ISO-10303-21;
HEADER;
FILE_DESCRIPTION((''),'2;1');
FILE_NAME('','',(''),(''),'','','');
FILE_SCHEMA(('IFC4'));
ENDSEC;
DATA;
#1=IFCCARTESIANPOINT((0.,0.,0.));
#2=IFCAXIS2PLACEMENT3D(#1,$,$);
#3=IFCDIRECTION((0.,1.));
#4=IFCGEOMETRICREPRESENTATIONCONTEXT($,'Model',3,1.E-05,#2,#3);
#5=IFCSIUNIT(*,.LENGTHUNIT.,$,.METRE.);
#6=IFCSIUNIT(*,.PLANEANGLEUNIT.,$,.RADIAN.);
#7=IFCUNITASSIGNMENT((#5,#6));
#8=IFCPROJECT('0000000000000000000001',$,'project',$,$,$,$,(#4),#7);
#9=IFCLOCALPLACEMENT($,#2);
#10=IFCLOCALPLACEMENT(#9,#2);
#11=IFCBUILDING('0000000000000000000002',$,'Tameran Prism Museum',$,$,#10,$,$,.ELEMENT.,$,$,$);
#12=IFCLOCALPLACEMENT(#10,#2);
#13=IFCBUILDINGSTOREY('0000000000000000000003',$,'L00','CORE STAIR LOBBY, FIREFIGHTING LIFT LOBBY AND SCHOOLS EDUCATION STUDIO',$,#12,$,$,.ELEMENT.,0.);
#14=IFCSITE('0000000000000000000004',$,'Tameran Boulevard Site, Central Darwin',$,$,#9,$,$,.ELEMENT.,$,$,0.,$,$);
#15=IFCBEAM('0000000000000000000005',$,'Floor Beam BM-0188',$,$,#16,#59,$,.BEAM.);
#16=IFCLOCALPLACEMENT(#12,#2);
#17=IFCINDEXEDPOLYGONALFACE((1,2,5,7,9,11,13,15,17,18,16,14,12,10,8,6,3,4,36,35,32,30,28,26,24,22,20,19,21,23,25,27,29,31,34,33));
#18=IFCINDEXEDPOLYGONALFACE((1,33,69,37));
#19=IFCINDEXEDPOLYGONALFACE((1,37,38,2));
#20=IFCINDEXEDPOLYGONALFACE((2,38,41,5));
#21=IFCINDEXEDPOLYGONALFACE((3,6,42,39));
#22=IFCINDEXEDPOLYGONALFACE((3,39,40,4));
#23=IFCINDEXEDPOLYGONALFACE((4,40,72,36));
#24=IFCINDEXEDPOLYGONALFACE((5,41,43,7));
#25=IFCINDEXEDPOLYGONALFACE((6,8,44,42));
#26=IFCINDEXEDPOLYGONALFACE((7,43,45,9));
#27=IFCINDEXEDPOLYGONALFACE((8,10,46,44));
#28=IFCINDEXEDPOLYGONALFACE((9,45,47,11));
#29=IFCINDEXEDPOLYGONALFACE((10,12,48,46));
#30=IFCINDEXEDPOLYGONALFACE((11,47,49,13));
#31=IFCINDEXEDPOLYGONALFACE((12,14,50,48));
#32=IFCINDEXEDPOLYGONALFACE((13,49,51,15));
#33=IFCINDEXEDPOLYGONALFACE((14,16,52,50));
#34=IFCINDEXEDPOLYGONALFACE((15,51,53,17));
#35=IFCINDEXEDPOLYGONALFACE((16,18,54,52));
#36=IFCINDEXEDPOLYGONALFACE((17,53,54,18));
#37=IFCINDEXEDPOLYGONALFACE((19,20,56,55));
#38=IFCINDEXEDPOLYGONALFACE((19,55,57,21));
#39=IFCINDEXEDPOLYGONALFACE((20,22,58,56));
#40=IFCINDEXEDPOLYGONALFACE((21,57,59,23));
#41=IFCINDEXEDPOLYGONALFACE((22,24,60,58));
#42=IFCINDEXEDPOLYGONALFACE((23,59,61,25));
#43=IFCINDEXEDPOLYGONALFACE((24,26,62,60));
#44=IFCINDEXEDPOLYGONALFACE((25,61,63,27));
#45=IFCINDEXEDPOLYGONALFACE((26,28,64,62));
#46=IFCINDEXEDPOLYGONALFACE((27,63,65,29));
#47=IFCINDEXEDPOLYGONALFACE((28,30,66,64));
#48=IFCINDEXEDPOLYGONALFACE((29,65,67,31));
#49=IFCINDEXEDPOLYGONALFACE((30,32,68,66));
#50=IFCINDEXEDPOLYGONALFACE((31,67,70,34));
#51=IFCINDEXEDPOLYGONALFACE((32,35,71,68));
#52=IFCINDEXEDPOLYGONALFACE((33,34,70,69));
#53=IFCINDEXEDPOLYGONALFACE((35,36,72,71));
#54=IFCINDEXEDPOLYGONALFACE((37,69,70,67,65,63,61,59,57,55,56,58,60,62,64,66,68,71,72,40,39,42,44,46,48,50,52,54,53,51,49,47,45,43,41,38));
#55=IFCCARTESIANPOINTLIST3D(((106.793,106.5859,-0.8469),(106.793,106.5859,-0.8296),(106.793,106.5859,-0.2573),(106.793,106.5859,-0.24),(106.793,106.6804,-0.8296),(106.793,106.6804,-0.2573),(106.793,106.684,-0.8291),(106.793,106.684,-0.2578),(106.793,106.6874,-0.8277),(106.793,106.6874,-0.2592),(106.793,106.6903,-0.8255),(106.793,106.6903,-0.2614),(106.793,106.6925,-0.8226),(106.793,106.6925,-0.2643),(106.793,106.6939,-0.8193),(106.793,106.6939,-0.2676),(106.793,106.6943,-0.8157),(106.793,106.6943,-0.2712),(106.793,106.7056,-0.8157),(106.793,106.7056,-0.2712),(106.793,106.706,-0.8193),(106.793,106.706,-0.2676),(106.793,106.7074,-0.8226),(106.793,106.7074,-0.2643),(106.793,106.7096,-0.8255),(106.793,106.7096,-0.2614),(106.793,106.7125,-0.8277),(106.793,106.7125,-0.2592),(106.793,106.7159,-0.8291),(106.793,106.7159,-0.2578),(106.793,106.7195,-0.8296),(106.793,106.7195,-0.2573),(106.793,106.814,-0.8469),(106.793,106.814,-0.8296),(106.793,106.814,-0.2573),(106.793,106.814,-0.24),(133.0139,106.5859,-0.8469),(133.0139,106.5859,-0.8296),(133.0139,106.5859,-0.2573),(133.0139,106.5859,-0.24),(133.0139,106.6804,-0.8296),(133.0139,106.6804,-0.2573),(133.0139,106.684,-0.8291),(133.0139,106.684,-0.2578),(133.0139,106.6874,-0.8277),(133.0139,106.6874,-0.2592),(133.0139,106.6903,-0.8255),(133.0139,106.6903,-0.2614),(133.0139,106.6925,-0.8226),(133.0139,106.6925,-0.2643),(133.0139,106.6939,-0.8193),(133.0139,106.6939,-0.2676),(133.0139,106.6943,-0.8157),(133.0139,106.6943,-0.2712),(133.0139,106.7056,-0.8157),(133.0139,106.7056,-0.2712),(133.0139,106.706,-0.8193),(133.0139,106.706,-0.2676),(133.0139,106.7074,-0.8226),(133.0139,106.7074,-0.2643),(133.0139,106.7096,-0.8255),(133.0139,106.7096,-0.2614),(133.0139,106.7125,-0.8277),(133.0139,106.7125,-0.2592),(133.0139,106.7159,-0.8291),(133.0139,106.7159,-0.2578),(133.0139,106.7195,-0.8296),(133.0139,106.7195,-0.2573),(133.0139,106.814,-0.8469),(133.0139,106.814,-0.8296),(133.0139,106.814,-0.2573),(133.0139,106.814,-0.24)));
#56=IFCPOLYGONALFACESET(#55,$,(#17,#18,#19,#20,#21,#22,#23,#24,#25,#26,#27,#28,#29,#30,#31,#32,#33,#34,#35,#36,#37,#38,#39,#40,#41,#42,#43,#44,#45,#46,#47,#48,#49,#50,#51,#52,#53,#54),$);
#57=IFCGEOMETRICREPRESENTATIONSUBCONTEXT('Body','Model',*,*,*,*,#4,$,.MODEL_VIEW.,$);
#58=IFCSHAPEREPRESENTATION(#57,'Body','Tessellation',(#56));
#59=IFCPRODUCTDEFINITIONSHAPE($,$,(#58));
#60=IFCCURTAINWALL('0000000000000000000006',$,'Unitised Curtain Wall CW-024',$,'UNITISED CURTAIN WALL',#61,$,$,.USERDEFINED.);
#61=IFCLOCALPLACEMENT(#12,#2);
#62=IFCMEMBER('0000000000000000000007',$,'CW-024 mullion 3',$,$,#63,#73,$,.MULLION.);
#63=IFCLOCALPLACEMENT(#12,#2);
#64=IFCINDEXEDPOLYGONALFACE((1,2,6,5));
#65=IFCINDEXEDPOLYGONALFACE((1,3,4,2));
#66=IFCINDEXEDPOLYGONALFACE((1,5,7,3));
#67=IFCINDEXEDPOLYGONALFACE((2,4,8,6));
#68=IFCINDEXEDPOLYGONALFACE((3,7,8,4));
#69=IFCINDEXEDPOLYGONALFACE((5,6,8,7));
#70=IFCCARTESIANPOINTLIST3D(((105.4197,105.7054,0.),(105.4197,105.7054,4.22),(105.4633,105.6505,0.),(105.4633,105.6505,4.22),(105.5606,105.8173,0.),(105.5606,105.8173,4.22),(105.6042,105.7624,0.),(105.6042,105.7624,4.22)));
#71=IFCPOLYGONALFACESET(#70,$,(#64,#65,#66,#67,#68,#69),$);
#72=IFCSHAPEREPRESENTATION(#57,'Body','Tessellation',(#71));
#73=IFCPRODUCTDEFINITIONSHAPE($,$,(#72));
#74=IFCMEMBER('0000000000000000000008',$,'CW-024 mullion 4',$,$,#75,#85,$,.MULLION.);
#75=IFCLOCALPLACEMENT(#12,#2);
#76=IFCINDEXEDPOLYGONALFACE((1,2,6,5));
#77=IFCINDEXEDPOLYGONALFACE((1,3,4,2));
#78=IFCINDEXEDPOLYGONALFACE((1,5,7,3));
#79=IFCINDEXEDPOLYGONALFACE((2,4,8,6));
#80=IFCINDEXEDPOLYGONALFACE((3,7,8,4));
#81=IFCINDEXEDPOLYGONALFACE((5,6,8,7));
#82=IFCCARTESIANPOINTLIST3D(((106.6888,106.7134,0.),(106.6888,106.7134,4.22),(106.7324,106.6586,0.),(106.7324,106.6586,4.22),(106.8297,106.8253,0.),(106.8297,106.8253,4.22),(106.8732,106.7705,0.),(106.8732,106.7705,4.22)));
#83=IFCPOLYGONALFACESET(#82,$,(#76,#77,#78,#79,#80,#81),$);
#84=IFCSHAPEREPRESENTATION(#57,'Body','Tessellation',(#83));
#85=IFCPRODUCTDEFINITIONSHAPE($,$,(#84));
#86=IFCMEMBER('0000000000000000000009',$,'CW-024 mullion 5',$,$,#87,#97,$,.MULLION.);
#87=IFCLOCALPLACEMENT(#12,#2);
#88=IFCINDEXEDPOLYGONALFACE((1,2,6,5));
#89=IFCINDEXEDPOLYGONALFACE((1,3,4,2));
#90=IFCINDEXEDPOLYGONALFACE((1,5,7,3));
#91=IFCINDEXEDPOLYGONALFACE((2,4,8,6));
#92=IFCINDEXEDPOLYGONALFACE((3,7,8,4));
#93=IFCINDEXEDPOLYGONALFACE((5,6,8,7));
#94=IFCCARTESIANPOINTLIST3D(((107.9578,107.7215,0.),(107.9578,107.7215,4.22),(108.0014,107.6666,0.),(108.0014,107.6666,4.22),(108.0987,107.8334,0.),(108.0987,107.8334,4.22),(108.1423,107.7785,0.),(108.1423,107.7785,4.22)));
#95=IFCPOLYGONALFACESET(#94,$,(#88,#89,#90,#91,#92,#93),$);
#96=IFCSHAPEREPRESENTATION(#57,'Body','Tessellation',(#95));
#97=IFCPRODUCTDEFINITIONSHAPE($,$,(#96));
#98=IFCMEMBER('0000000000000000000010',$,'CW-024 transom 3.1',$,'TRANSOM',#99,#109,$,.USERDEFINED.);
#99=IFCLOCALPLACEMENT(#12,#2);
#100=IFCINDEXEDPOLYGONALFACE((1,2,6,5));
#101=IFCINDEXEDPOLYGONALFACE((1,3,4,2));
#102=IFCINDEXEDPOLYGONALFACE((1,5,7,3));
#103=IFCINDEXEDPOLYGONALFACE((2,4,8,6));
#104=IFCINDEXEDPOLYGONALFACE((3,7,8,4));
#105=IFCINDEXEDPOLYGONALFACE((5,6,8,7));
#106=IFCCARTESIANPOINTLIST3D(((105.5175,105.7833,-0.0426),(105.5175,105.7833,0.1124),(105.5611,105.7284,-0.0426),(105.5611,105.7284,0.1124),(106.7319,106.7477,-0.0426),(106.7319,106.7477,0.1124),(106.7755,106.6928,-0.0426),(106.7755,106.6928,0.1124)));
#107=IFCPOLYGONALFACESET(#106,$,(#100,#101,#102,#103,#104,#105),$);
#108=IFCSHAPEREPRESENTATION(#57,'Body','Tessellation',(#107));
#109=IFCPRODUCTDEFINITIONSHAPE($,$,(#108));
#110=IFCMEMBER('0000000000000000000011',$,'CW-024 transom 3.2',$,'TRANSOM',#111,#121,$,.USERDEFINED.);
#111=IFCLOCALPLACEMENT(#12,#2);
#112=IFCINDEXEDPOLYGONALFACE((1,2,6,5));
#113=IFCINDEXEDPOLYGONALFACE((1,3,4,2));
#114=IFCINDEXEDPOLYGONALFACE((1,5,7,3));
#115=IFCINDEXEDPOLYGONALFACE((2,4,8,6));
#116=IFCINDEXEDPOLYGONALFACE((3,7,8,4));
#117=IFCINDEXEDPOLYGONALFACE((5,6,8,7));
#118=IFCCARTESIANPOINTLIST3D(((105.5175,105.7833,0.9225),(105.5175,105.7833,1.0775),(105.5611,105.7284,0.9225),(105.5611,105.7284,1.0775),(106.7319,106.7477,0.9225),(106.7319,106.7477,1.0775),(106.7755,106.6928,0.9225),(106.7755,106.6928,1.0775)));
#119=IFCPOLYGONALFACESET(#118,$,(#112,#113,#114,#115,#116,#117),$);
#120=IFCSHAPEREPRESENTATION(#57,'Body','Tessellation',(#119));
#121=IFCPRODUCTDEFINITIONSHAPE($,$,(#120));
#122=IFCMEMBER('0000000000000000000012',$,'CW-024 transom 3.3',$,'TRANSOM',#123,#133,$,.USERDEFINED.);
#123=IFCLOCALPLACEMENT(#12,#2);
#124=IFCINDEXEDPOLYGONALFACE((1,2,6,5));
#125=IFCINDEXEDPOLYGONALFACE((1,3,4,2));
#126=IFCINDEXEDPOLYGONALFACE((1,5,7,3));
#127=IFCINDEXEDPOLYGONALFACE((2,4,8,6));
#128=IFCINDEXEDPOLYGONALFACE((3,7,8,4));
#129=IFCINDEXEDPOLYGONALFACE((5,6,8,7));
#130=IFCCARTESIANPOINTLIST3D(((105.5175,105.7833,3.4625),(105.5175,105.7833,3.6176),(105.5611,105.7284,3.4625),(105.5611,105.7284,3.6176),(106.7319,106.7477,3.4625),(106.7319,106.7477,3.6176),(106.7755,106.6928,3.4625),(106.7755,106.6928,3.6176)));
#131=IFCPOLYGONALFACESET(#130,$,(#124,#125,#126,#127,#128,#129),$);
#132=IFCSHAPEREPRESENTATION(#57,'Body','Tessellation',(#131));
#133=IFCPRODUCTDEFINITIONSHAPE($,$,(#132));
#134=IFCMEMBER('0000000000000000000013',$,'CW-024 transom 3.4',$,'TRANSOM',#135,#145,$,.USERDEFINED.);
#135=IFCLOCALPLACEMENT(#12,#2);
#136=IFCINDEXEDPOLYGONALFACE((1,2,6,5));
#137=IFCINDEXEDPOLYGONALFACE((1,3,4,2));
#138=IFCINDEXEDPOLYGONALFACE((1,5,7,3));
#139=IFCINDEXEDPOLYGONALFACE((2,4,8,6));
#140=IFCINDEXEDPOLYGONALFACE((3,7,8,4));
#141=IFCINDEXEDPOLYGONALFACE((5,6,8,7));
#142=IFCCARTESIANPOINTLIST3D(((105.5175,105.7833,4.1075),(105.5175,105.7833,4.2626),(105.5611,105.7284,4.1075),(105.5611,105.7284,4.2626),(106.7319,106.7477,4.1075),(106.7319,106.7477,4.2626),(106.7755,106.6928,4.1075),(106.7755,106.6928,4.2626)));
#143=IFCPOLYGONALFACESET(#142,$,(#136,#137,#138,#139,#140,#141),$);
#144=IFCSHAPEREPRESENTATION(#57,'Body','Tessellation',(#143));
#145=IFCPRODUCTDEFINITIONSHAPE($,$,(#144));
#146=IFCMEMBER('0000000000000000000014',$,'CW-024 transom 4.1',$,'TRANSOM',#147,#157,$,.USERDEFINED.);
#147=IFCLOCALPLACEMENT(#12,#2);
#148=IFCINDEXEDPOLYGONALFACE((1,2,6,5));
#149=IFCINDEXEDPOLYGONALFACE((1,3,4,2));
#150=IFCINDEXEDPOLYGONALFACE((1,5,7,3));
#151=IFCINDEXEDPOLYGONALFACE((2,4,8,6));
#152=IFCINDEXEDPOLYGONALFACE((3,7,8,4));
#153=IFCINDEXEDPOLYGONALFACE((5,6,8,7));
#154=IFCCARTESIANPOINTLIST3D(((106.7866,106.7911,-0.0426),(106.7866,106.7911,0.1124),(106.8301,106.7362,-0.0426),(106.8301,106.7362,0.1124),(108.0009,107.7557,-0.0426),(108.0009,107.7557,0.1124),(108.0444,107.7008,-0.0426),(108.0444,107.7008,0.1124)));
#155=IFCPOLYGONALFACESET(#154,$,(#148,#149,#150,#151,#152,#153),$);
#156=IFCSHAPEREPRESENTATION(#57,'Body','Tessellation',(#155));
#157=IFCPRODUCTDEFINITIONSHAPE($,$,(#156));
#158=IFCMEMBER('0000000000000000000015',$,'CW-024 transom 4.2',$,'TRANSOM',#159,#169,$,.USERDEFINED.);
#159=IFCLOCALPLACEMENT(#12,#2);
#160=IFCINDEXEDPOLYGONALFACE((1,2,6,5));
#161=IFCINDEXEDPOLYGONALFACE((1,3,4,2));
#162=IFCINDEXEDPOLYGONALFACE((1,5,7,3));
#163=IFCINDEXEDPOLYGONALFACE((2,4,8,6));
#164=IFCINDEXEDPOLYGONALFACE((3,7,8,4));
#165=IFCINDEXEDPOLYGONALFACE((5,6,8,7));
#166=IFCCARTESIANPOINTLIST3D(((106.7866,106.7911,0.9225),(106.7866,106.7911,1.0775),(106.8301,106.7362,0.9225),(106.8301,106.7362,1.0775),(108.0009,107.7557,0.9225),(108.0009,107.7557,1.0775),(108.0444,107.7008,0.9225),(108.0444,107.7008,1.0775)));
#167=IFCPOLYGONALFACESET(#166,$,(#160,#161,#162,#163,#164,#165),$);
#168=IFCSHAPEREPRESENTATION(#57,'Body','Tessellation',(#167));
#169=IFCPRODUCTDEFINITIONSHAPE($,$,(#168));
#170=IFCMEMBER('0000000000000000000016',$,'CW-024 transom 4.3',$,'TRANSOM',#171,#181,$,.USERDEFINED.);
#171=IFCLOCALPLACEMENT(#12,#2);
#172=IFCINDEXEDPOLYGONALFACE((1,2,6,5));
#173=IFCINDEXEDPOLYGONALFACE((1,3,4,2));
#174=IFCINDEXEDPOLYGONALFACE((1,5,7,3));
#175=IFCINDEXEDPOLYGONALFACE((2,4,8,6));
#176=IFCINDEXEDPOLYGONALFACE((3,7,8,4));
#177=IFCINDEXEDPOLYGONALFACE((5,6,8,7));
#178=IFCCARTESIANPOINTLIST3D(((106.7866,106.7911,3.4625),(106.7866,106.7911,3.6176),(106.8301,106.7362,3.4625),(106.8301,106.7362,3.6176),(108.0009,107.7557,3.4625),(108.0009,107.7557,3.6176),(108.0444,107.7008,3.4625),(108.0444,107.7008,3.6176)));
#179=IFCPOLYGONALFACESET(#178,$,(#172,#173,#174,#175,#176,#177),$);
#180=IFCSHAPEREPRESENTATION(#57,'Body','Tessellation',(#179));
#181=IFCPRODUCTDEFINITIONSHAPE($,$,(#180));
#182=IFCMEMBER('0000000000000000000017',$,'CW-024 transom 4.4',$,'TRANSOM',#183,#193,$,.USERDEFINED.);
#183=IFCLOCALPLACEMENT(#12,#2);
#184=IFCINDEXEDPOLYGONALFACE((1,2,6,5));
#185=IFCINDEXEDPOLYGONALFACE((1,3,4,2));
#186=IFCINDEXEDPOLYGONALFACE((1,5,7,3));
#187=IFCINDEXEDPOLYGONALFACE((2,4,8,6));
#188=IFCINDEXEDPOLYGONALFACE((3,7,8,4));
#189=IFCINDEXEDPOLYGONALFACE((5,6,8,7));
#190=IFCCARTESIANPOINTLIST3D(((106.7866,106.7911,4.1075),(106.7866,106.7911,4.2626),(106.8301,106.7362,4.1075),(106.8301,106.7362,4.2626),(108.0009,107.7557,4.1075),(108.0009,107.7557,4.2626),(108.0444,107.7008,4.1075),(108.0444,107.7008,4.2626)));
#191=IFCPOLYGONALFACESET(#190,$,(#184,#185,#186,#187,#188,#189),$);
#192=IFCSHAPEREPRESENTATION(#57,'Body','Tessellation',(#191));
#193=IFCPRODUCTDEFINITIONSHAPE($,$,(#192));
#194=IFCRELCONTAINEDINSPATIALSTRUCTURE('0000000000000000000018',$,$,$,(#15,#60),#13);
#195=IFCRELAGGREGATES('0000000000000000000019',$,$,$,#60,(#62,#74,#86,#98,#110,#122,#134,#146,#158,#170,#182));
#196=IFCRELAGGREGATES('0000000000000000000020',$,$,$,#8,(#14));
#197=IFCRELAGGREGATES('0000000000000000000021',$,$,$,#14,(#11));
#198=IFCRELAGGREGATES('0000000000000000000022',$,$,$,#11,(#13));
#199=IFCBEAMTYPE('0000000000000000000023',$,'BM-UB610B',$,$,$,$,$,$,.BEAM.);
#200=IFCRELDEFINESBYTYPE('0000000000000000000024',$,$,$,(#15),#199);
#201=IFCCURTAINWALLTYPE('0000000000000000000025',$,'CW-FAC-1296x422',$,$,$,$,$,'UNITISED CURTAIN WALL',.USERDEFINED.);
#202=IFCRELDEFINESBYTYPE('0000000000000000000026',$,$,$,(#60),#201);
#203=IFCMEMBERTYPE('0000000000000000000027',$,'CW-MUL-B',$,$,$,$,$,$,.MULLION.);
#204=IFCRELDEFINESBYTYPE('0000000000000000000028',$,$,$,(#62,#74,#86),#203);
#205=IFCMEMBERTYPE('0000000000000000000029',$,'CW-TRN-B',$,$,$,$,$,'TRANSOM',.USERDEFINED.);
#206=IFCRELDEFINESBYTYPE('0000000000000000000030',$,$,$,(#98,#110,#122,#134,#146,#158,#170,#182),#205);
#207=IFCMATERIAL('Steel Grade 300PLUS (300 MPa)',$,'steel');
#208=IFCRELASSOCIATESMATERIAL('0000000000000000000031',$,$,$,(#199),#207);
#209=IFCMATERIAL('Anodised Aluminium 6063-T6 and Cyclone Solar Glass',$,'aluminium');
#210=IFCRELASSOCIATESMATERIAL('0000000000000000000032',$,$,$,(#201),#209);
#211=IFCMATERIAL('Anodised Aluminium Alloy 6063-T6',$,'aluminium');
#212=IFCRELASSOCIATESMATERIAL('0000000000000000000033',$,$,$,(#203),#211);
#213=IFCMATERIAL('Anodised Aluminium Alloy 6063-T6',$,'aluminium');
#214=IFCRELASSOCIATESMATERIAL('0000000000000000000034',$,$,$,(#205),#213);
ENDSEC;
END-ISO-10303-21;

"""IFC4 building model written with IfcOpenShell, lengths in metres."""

from ifc_helpers import new_model, si_unit, direction, frame, origin, origin_2d, place, context, subcontext, project, spatial, rectangle, i_section, extrude, material, material_profile, profile_set, type_object, element, aggregate, save


model = new_model("IFC4")

# Units and contexts
model_context = context("Model", 3, precision=1e-05, world=origin(), true_north=direction((0.0, 1.0)))
body_context = subcontext(model_context, "Body", "Model", "MODEL_VIEW")
ifc_project = project(units=[si_unit("LENGTHUNIT", "METRE"), si_unit("PLANEANGLEUNIT", "RADIAN")], contexts=[model_context])

# Site, building, storey
site_placement = place(None, origin())
site = spatial("IfcSite", under=ifc_project, at=site_placement, Name="Tameran Boulevard Site, Central Darwin", CompositionType="ELEMENT", RefElevation=0.0)
building_placement = place(site_placement, origin())
building = spatial("IfcBuilding", under=site, at=building_placement, Name="Tameran Prism Museum", CompositionType="ELEMENT")
storey_placement = place(building_placement, origin())
storey = spatial("IfcBuildingStorey", under=building, at=storey_placement, Name="L00", Description="CORE STAIR LOBBY, FIREFIGHTING LIFT LOBBY AND SCHOOLS EDUCATION STUDIO", CompositionType="ELEMENT", Elevation=0.0)

# Beam
ifc_material_1 = material(Name="Steel Grade 300PLUS (300 MPa)", Category="steel")
ifc_material_profile_1 = material_profile(ifc_material_1, i_section(OverallWidth=0.228, OverallDepth=0.6069, WebThickness=0.0112, FlangeThickness=0.0173, FilletRadius=0.0139, at=origin_2d()))
ifc_profile_set_1 = profile_set([ifc_material_profile_1])
beam_type = type_object("IfcBeamType", Name="BM-UB610B", PredefinedType="BEAM", material=ifc_profile_set_1)
beam_placement = place(storey_placement, frame((106.793, 106.7, -0.5435), z_axis=(1.0, 0.0, 0.0), x_axis=(0.0, 1.0, 0.0)))
element("IfcBeam", 1, at=beam_placement, inside=storey, type_object=beam_type, Name="Floor Beam BM-0188", PredefinedType="BEAM", context=body_context, shape_type="SweptSolid", body=[
    extrude(i_section(OverallWidth=0.228, OverallDepth=0.6069, WebThickness=0.0112, FlangeThickness=0.0173, FilletRadius=0.0139, at=origin_2d()), origin(), (0.0, 0.0, 1.0), 26.2209),
])

# Curtain wall, members
ifc_material_2 = material(Name="Anodised Aluminium 6063-T6 and Cyclone Solar Glass", Category="aluminium")
curtain_wall_type = type_object("IfcCurtainWallType", Name="CW-FAC-1296x422", ElementType="UNITISED CURTAIN WALL", PredefinedType="USERDEFINED", material=ifc_material_2)
curtain_wall_placement = place(storey_placement, origin())
curtain_wall = element("IfcCurtainWall", 2, at=curtain_wall_placement, inside=storey, type_object=curtain_wall_type, Name="Unitised Curtain Wall CW-024", ObjectType="UNITISED CURTAIN WALL", PredefinedType="USERDEFINED")
ifc_material_3 = material(Name="Anodised Aluminium Alloy 6063-T6", Category="aluminium")
ifc_material_profile_2 = material_profile(ifc_material_3, rectangle(XDim=0.0701, YDim=0.1799, at=origin_2d()))
ifc_profile_set_2 = profile_set([ifc_material_profile_2])
member_type_1 = type_object("IfcMemberType", Name="CW-MUL-B", PredefinedType="MULLION", material=ifc_profile_set_2)
member_1_placement = place(storey_placement, frame((105.512, 105.7339, 0.0), z_axis=(0.0, 0.0, 1.0), x_axis=(-0.621982, 0.783031, 0.0)))
member_1 = element("IfcMember", 3, at=member_1_placement, type_object=member_type_1, Name="CW-024 mullion 3", PredefinedType="MULLION", context=body_context, shape_type="SweptSolid", body=[
    extrude(rectangle(XDim=0.0701, YDim=0.1799, at=origin_2d()), origin(), (0.0, 0.0, 1.0), 4.22),
])
member_2_placement = place(storey_placement, frame((106.781, 106.7419, 0.0), z_axis=(0.0, 0.0, 1.0), x_axis=(-0.621982, 0.783031, 0.0)))
member_2 = element("IfcMember", 4, at=member_2_placement, type_object=member_type_1, Name="CW-024 mullion 4", PredefinedType="MULLION", context=body_context, shape_type="SweptSolid", body=[
    extrude(rectangle(XDim=0.0701, YDim=0.1799, at=origin_2d()), origin(), (0.0, 0.0, 1.0), 4.22),
])
member_3_placement = place(storey_placement, frame((108.05, 107.75, 0.0), z_axis=(0.0, 0.0, 1.0), x_axis=(-0.621982, 0.783031, 0.0)))
member_3 = element("IfcMember", 5, at=member_3_placement, type_object=member_type_1, Name="CW-024 mullion 5", PredefinedType="MULLION", context=body_context, shape_type="SweptSolid", body=[
    extrude(rectangle(XDim=0.0701, YDim=0.1799, at=origin_2d()), origin(), (0.0, 0.0, 1.0), 4.22),
])
ifc_material_4 = material(Name="Anodised Aluminium Alloy 6063-T6", Category="aluminium")
ifc_material_profile_3 = material_profile(ifc_material_4, rectangle(XDim=0.0701, YDim=0.155, at=origin_2d()))
ifc_profile_set_3 = profile_set([ifc_material_profile_3])
member_type_2 = type_object("IfcMemberType", Name="CW-TRN-B", ElementType="TRANSOM", PredefinedType="USERDEFINED", material=ifc_profile_set_3)
member_4_placement = place(storey_placement, frame((105.5393, 105.7559, 0.0349), z_axis=(0.783106, 0.621888, 0.0), x_axis=(-0.621888, 0.783106, 0.0)))
member_4 = element("IfcMember", 6, at=member_4_placement, type_object=member_type_2, Name="CW-024 transom 3.1", ObjectType="TRANSOM", PredefinedType="USERDEFINED", context=body_context, shape_type="SweptSolid", body=[
    extrude(rectangle(XDim=0.0701, YDim=0.155, at=origin_2d()), origin(), (0.0, 0.0, 1.0), 1.5508),
])
member_5_placement = place(storey_placement, frame((105.5393, 105.7559, 1.0), z_axis=(0.783106, 0.621888, 0.0), x_axis=(-0.621888, 0.783106, 0.0)))
member_5 = element("IfcMember", 7, at=member_5_placement, type_object=member_type_2, Name="CW-024 transom 3.2", ObjectType="TRANSOM", PredefinedType="USERDEFINED", context=body_context, shape_type="SweptSolid", body=[
    extrude(rectangle(XDim=0.0701, YDim=0.155, at=origin_2d()), origin(), (0.0, 0.0, 1.0), 1.5508),
])
member_6_placement = place(storey_placement, frame((105.5393, 105.7559, 3.54), z_axis=(0.783106, 0.621888, 0.0), x_axis=(-0.621888, 0.783106, 0.0)))
member_6 = element("IfcMember", 8, at=member_6_placement, type_object=member_type_2, Name="CW-024 transom 3.3", ObjectType="TRANSOM", PredefinedType="USERDEFINED", context=body_context, shape_type="SweptSolid", body=[
    extrude(rectangle(XDim=0.0701, YDim=0.155, at=origin_2d()), origin(), (0.0, 0.0, 1.0), 1.5508),
])
member_7_placement = place(storey_placement, frame((105.5393, 105.7559, 4.1851), z_axis=(0.783106, 0.621888, 0.0), x_axis=(-0.621888, 0.783106, 0.0)))
member_7 = element("IfcMember", 9, at=member_7_placement, type_object=member_type_2, Name="CW-024 transom 3.4", ObjectType="TRANSOM", PredefinedType="USERDEFINED", context=body_context, shape_type="SweptSolid", body=[
    extrude(rectangle(XDim=0.0701, YDim=0.155, at=origin_2d()), origin(), (0.0, 0.0, 1.0), 1.5508),
])
member_8_placement = place(storey_placement, frame((106.8083, 106.7637, 0.0349), z_axis=(0.78303, 0.621984, 0.0), x_axis=(-0.621984, 0.78303, 0.0)))
member_8 = element("IfcMember", 10, at=member_8_placement, type_object=member_type_2, Name="CW-024 transom 4.1", ObjectType="TRANSOM", PredefinedType="USERDEFINED", context=body_context, shape_type="SweptSolid", body=[
    extrude(rectangle(XDim=0.0701, YDim=0.155, at=origin_2d()), origin(), (0.0, 0.0, 1.0), 1.5508),
])
member_9_placement = place(storey_placement, frame((106.8083, 106.7637, 1.0), z_axis=(0.78303, 0.621984, 0.0), x_axis=(-0.621984, 0.78303, 0.0)))
member_9 = element("IfcMember", 11, at=member_9_placement, type_object=member_type_2, Name="CW-024 transom 4.2", ObjectType="TRANSOM", PredefinedType="USERDEFINED", context=body_context, shape_type="SweptSolid", body=[
    extrude(rectangle(XDim=0.0701, YDim=0.155, at=origin_2d()), origin(), (0.0, 0.0, 1.0), 1.5508),
])
member_10_placement = place(storey_placement, frame((106.8083, 106.7637, 3.54), z_axis=(0.78303, 0.621984, 0.0), x_axis=(-0.621984, 0.78303, 0.0)))
member_10 = element("IfcMember", 12, at=member_10_placement, type_object=member_type_2, Name="CW-024 transom 4.3", ObjectType="TRANSOM", PredefinedType="USERDEFINED", context=body_context, shape_type="SweptSolid", body=[
    extrude(rectangle(XDim=0.0701, YDim=0.155, at=origin_2d()), origin(), (0.0, 0.0, 1.0), 1.5508),
])
member_11_placement = place(storey_placement, frame((106.8083, 106.7637, 4.1851), z_axis=(0.78303, 0.621984, 0.0), x_axis=(-0.621984, 0.78303, 0.0)))
member_11 = element("IfcMember", 13, at=member_11_placement, type_object=member_type_2, Name="CW-024 transom 4.4", ObjectType="TRANSOM", PredefinedType="USERDEFINED", context=body_context, shape_type="SweptSolid", body=[
    extrude(rectangle(XDim=0.0701, YDim=0.155, at=origin_2d()), origin(), (0.0, 0.0, 1.0), 1.5508),
])
aggregate(curtain_wall, [member_1, member_2, member_3, member_4, member_5, member_6, member_7, member_8, member_9, member_10, member_11])

save(model, "model.ifc")
